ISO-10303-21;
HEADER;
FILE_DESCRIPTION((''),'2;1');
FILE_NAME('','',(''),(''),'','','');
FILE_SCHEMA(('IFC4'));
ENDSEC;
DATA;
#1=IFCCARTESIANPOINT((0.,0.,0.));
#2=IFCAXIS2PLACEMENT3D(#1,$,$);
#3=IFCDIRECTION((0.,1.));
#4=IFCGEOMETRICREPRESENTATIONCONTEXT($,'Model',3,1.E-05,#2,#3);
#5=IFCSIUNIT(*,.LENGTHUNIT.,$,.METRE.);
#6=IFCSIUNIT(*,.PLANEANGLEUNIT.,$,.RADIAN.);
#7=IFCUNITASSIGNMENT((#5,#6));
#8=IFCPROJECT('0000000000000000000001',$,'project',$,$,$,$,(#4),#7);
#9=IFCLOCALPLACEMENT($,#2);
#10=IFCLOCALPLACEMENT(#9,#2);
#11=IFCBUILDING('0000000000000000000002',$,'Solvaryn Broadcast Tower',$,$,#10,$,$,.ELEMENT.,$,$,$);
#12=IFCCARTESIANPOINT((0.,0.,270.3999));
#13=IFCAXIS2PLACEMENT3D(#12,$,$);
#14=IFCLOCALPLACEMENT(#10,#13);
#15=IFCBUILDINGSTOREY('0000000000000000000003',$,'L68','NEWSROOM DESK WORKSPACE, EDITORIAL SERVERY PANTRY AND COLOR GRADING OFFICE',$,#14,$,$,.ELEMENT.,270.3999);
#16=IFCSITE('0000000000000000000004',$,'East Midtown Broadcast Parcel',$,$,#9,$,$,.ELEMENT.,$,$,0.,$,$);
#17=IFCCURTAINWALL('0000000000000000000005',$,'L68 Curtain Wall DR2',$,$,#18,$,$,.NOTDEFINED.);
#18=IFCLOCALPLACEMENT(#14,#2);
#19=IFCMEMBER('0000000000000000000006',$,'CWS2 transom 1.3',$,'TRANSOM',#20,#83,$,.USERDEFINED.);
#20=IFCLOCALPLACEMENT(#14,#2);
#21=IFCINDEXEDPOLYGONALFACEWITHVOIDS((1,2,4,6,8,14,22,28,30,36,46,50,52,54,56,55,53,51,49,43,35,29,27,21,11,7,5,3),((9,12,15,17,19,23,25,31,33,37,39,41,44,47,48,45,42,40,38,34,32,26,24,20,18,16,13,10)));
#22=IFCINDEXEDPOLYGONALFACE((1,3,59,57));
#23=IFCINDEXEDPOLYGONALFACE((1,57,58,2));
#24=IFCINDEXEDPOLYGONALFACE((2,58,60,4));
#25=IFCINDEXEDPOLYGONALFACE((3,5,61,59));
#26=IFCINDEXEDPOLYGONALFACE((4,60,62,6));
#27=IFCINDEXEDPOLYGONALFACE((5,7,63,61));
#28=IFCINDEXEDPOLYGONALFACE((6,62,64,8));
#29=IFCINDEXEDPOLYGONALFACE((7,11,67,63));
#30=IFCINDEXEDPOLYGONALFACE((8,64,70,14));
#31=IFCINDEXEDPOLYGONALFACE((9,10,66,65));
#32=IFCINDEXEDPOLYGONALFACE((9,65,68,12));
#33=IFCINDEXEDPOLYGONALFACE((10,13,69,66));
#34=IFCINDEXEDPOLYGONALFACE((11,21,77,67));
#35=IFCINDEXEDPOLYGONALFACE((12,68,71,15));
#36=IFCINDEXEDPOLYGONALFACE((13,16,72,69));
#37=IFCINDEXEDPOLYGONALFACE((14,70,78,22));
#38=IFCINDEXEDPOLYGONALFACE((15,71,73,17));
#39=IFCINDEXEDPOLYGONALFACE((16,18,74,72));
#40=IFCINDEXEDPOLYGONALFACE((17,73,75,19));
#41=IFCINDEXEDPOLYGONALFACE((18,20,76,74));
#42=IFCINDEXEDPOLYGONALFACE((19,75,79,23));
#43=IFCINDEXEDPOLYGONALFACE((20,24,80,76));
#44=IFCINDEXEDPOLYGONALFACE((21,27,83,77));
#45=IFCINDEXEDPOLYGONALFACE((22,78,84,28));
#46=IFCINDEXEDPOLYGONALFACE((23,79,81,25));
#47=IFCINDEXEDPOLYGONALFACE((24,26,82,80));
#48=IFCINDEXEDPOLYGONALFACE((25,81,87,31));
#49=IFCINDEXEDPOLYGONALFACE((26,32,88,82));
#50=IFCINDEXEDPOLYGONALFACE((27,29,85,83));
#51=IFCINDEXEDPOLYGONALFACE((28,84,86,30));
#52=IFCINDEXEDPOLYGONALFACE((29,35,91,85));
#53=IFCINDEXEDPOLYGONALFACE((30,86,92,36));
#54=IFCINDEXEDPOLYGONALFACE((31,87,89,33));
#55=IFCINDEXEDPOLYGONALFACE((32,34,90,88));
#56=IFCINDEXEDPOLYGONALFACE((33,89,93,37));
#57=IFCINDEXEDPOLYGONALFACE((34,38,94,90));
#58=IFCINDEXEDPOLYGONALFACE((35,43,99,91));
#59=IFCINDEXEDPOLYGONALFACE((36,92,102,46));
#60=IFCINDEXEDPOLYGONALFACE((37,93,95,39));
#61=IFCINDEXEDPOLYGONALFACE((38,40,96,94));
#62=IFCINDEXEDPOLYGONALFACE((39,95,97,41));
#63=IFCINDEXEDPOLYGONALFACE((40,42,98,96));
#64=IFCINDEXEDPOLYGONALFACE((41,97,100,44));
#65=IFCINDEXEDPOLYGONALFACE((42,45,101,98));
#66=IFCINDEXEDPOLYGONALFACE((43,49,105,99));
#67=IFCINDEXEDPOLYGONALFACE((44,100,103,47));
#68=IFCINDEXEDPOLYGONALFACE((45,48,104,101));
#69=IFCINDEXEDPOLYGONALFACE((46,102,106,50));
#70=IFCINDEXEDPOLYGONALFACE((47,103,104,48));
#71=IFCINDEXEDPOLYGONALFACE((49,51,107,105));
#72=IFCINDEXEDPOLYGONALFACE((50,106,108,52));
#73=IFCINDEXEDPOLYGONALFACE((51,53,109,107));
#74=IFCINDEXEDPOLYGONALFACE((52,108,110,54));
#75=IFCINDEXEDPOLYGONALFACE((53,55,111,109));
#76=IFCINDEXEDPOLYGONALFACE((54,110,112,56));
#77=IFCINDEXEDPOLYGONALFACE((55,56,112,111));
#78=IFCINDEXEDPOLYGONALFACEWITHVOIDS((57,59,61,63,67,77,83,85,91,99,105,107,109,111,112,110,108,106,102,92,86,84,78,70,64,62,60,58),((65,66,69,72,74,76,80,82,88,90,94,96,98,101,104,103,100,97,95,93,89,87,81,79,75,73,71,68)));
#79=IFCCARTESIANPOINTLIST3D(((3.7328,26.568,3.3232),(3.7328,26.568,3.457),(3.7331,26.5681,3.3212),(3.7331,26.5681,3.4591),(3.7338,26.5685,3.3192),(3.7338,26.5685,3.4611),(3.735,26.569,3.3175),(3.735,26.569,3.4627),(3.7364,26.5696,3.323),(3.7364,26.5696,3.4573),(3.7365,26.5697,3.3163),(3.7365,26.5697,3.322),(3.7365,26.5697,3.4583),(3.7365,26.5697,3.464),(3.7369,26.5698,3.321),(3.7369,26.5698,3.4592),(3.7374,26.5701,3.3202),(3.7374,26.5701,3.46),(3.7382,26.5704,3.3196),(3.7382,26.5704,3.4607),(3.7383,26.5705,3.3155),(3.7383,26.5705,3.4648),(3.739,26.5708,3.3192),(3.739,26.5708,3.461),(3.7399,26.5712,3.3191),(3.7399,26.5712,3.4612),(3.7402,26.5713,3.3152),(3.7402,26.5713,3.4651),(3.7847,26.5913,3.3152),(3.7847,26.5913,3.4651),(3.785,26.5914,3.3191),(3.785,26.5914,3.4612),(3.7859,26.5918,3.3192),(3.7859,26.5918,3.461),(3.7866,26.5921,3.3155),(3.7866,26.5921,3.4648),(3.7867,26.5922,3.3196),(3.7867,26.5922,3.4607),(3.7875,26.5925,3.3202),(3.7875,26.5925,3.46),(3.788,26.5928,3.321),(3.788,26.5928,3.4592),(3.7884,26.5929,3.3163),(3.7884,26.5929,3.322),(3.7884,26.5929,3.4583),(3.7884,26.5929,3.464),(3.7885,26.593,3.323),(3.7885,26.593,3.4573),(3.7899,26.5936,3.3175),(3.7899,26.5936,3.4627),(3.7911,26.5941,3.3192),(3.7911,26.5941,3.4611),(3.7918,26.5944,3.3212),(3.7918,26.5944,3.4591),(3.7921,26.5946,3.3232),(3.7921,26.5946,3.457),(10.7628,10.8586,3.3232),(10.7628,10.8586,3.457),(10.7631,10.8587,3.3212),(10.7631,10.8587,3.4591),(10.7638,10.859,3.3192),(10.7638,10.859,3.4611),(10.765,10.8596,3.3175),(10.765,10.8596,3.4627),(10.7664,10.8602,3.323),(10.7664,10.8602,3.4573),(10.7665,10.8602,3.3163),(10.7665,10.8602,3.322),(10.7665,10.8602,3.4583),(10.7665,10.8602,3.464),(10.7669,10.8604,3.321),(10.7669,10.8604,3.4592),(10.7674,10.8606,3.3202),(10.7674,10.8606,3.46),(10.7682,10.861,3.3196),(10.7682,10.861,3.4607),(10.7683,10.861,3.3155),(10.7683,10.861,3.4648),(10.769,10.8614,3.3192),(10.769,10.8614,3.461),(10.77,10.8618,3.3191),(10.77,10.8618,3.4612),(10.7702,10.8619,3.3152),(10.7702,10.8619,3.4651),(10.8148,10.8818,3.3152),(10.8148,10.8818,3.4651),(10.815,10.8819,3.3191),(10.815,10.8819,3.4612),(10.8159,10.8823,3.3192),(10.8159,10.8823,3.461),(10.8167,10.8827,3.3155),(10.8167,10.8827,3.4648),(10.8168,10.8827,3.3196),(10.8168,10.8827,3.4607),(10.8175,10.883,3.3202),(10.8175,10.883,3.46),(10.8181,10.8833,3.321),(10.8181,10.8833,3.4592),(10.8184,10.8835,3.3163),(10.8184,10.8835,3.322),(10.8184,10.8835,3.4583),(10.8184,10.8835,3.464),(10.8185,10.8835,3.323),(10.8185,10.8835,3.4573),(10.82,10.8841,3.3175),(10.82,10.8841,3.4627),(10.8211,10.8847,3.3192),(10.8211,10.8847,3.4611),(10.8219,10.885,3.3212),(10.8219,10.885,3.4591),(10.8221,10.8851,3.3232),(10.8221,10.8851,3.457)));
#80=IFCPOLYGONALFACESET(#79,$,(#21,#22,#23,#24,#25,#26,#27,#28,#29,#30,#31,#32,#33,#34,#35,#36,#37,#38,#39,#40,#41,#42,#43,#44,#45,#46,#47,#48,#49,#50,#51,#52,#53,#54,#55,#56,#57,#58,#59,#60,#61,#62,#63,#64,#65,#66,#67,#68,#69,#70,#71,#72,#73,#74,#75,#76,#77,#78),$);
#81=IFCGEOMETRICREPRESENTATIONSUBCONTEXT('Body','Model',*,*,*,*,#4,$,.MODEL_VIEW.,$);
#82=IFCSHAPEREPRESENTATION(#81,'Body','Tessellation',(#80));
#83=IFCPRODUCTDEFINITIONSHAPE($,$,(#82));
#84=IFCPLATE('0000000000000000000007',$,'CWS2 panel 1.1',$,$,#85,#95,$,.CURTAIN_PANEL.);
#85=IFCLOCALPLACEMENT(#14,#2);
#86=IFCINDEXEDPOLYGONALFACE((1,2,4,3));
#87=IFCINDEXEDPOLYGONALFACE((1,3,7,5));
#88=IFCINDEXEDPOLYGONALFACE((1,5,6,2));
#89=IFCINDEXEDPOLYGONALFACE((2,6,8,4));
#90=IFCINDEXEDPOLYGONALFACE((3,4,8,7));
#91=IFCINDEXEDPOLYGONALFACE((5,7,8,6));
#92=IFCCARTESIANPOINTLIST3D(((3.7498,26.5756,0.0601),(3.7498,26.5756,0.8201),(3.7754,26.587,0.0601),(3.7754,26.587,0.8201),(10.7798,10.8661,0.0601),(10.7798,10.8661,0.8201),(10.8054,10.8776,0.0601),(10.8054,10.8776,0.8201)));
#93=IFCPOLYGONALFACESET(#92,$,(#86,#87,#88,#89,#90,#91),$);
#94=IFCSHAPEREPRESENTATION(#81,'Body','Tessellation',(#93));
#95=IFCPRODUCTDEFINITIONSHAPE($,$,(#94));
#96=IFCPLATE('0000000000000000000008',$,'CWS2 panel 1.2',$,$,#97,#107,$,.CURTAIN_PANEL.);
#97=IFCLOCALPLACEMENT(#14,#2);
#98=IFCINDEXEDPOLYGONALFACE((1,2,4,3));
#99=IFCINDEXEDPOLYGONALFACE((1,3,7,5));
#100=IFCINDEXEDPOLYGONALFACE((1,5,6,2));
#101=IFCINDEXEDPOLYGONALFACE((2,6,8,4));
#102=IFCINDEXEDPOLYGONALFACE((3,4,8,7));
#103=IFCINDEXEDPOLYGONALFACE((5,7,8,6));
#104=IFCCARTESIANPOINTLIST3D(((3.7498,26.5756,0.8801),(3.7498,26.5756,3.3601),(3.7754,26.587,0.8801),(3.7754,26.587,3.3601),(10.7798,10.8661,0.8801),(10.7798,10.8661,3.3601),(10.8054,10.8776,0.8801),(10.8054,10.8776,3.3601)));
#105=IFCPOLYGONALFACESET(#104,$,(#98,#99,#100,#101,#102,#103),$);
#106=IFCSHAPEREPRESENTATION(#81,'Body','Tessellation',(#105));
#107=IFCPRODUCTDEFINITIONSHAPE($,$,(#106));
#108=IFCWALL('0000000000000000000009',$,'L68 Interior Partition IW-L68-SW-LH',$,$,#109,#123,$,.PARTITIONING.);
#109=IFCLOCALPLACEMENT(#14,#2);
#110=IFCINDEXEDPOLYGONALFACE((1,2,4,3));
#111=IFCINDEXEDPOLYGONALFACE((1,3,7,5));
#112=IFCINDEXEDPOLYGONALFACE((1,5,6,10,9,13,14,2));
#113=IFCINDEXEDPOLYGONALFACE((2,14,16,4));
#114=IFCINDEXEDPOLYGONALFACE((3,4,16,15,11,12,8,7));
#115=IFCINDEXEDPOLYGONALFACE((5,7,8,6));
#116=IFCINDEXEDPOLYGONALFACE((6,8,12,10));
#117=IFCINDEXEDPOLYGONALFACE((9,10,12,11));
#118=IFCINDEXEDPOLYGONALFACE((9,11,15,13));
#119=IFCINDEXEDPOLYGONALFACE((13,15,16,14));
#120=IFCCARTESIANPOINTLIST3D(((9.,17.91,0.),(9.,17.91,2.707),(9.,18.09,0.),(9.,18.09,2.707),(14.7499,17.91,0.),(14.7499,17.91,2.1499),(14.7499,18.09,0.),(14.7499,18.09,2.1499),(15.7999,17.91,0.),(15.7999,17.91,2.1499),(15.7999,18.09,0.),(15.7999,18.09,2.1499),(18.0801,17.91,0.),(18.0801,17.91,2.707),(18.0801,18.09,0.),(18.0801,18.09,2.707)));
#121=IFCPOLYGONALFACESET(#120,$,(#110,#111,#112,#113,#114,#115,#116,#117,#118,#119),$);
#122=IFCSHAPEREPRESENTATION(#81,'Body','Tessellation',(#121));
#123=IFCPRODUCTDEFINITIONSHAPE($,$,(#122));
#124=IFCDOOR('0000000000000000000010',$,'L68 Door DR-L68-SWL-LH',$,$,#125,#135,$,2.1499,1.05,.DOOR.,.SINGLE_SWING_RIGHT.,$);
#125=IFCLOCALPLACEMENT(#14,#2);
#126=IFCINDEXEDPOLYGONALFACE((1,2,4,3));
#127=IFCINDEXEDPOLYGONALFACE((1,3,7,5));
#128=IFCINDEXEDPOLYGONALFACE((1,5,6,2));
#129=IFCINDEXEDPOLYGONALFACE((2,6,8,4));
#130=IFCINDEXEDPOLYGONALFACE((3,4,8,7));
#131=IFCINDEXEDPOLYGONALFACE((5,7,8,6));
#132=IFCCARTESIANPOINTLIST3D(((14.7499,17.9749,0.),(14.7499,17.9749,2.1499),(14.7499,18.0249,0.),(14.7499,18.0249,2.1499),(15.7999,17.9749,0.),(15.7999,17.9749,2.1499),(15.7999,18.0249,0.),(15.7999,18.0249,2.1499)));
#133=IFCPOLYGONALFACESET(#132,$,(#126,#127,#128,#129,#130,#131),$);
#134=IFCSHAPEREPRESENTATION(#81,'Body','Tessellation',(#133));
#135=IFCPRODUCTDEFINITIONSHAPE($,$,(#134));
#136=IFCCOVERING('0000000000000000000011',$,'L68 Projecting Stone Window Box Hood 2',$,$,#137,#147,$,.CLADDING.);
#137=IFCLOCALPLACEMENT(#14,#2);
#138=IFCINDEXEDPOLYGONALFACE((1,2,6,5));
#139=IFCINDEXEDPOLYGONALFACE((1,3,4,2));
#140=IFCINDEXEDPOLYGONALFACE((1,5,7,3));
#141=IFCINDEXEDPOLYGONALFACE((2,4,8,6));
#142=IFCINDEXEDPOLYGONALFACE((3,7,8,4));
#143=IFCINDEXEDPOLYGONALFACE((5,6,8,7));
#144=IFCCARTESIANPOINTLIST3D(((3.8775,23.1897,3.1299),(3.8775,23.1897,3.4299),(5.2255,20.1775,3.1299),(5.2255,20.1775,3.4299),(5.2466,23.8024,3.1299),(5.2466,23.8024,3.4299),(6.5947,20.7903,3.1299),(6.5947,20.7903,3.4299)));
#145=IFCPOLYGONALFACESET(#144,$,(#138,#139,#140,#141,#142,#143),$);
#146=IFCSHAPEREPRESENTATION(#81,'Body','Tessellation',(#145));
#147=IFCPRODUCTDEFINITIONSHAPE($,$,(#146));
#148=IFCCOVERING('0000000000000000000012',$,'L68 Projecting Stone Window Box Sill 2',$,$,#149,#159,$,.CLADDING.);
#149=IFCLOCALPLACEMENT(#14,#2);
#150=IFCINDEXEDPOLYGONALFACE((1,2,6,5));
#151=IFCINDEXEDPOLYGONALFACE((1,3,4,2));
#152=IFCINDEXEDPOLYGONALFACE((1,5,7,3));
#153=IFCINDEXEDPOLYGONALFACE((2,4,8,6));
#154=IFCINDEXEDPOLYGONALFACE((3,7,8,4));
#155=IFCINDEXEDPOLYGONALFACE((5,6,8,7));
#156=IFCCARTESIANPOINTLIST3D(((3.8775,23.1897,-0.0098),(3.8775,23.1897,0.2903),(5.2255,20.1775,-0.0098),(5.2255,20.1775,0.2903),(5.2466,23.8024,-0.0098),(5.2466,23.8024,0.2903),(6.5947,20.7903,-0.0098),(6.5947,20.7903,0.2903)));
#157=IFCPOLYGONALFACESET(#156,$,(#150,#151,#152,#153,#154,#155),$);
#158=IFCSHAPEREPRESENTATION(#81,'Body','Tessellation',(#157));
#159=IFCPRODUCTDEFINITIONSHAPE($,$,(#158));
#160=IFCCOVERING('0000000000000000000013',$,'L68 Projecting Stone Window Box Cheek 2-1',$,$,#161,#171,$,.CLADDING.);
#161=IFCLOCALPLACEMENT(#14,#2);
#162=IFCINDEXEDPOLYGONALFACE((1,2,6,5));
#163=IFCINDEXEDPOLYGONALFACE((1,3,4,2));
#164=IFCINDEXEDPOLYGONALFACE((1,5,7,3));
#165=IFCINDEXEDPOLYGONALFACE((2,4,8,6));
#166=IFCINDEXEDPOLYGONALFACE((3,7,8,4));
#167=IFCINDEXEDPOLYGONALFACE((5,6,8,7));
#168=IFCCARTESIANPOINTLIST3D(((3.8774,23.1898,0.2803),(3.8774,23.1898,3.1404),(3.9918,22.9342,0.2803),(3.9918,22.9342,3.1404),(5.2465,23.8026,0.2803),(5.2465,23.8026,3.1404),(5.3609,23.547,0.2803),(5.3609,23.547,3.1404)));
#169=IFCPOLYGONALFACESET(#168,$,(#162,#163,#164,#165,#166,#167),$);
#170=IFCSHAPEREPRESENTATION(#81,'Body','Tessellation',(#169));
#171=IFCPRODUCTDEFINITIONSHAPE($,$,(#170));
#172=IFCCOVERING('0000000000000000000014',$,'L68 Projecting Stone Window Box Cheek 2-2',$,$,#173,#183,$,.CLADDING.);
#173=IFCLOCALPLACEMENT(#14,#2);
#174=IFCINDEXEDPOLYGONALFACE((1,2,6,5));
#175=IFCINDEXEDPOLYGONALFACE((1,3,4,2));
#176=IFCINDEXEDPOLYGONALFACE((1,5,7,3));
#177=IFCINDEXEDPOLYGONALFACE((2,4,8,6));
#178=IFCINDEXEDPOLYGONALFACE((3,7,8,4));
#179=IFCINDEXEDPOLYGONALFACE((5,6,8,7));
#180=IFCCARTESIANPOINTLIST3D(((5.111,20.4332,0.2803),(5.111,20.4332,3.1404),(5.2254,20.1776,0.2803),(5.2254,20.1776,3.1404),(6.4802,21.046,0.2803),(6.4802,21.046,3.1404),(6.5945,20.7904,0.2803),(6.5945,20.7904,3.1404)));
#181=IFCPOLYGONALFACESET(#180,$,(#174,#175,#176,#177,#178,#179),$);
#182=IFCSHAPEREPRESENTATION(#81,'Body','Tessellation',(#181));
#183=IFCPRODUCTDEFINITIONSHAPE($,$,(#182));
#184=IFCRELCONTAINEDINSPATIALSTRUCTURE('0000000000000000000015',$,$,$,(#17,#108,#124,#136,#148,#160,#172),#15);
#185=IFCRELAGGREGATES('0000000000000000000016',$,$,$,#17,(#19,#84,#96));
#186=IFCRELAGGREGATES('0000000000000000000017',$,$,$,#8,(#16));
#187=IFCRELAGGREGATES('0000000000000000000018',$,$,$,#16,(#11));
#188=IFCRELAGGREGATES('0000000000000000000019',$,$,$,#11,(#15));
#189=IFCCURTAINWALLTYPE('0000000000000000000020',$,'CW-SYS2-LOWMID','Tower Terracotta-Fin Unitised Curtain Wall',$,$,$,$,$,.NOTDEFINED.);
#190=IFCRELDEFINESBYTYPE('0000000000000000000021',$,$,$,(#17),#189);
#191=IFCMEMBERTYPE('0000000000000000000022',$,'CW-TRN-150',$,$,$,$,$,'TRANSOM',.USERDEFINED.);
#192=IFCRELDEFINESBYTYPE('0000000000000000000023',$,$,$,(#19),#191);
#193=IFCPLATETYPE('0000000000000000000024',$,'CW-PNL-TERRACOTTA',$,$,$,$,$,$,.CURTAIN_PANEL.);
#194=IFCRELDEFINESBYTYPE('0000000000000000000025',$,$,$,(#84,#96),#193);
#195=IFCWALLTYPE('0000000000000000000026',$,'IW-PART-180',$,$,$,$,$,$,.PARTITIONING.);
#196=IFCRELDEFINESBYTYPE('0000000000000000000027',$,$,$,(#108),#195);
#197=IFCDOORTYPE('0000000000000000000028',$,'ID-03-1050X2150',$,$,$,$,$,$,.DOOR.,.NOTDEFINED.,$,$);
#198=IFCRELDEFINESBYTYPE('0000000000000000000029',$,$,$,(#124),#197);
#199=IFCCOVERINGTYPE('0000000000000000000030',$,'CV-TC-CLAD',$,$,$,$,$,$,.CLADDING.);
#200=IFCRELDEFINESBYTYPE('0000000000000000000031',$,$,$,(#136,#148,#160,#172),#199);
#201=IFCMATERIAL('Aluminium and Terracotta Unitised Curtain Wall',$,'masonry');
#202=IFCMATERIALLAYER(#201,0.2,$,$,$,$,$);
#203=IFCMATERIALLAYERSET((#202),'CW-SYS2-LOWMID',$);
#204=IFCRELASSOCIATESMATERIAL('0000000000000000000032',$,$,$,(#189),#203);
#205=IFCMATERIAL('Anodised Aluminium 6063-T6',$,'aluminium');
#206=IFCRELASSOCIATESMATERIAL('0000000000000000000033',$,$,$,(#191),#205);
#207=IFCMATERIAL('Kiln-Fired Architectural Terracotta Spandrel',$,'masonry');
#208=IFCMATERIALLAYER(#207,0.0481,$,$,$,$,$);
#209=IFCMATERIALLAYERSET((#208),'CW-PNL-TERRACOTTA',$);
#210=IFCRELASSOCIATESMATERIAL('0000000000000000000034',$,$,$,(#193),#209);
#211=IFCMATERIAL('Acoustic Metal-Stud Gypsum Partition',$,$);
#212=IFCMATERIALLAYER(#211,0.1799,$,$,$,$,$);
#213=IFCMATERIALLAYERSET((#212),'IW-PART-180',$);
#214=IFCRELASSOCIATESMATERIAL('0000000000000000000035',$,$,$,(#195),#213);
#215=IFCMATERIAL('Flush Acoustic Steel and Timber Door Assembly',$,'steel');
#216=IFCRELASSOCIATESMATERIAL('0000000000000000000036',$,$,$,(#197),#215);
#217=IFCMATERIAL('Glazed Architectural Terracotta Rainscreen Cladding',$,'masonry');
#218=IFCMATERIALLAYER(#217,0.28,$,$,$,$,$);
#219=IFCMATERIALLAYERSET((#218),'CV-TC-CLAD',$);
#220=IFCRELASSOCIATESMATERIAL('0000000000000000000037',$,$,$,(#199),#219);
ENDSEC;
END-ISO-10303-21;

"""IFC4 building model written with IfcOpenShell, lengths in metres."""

from ifc_helpers import new_model, si_unit, direction, frame, frame_2d, origin, origin_2d, place, context, subcontext, project, spatial, rectangle, hollow_rectangle, extrude, material, layer, layer_set, material_profile, profile_set, type_object, element, fill, aggregate, save


model = new_model("IFC4")

# Units and contexts
model_context = context("Model", 3, precision=1e-05, world=origin(), true_north=direction((0.0, 1.0)))
body_context = subcontext(model_context, "Body", "Model", "MODEL_VIEW")
ifc_project = project(units=[si_unit("LENGTHUNIT", "METRE"), si_unit("PLANEANGLEUNIT", "RADIAN")], contexts=[model_context])

# Site, building, storey
site_placement = place(None, origin())
site = spatial("IfcSite", under=ifc_project, at=site_placement, Name="East Midtown Broadcast Parcel", CompositionType="ELEMENT", RefElevation=0.0)
building_placement = place(site_placement, origin())
building = spatial("IfcBuilding", under=site, at=building_placement, Name="Solvaryn Broadcast Tower", CompositionType="ELEMENT")
storey_placement = place(building_placement, frame((0.0, 0.0, 270.3999)))
storey = spatial("IfcBuildingStorey", under=building, at=storey_placement, Name="L68", Description="NEWSROOM DESK WORKSPACE, EDITORIAL SERVERY PANTRY AND COLOR GRADING OFFICE", CompositionType="ELEMENT", Elevation=270.3999)

# Shared definitions
ifc_material_1 = material(Name="Aluminium and Terracotta Unitised Curtain Wall", Category="masonry")
ifc_layer_1 = layer(ifc_material_1, 0.2)
ifc_layer_set_1 = layer_set([ifc_layer_1], Name="CW-SYS2-LOWMID")
curtain_wall_type = type_object("IfcCurtainWallType", Name="CW-SYS2-LOWMID", Description="Tower Terracotta-Fin Unitised Curtain Wall", PredefinedType="NOTDEFINED", material=ifc_layer_set_1)

# Curtain wall, member, plates
curtain_wall_1_placement = place(storey_placement, origin())
curtain_wall_1 = element("IfcCurtainWall", 1, at=curtain_wall_1_placement, inside=storey, type_object=curtain_wall_type, Name="L68 Curtain Wall DR2", PredefinedType="NOTDEFINED")
ifc_material_2 = material(Name="Anodised Aluminium 6063-T6", Category="aluminium")
ifc_material_profile_1 = material_profile(ifc_material_2, hollow_rectangle(XDim=0.0649, YDim=0.1499, WallThickness=0.0039, InnerFilletRadius=0.0039, OuterFilletRadius=0.0081, at=origin_2d()))
ifc_profile_set_1 = profile_set([ifc_material_profile_1], Name="Anodised Aluminium 6063-T6")
member_type_1 = type_object("IfcMemberType", Name="CW-TRN-150", ElementType="TRANSOM", PredefinedType="USERDEFINED", material=ifc_profile_set_1)
member_1_placement = place(storey_placement, frame((3.7625, 26.5813, 3.3901), z_axis=(0.408468, -0.912773, 0.0), x_axis=(0.912773, 0.408468, 0.0)))
member_1 = element("IfcMember", 2, at=member_1_placement, type_object=member_type_1, Name="CWS2 transom 1.3", ObjectType="TRANSOM", PredefinedType="USERDEFINED", context=body_context, shape_type="SweptSolid", body=[
    extrude(hollow_rectangle(XDim=0.0649, YDim=0.1499, WallThickness=0.0039, InnerFilletRadius=0.0039, OuterFilletRadius=0.0081, at=origin_2d()), origin(), (0.0, 0.0, 1.0), 17.2107),
])
ifc_material_3 = material(Name="Kiln-Fired Architectural Terracotta Spandrel", Category="masonry")
ifc_layer_2 = layer(ifc_material_3, 0.0481)
ifc_layer_set_2 = layer_set([ifc_layer_2], Name="CW-PNL-TERRACOTTA")
plate_type = type_object("IfcPlateType", Name="CW-PNL-TERRACOTTA", PredefinedType="CURTAIN_PANEL", material=ifc_layer_set_2)
plate_1_placement = place(storey_placement, frame((7.2776, 18.7266, 0.0601), z_axis=(0.0, 0.0, 1.0), x_axis=(0.408466, -0.912774, 0.0)))
plate_1 = element("IfcPlate", 3, at=plate_1_placement, type_object=plate_type, Name="CWS2 panel 1.1", PredefinedType="CURTAIN_PANEL", context=body_context, shape_type="SweptSolid", body=[
    extrude(rectangle(XDim=17.2107, YDim=0.0281, at=origin_2d()), origin(), (0.0, 0.0, 1.0), 0.76),
])
plate_2_placement = place(storey_placement, frame((7.2776, 18.7266, 0.8801), z_axis=(0.0, 0.0, 1.0), x_axis=(0.408466, -0.912774, 0.0)))
plate_2 = element("IfcPlate", 4, at=plate_2_placement, type_object=plate_type, Name="CWS2 panel 1.2", PredefinedType="CURTAIN_PANEL", context=body_context, shape_type="SweptSolid", body=[
    extrude(rectangle(XDim=17.2107, YDim=0.0281, at=origin_2d()), origin(), (0.0, 0.0, 1.0), 2.48),
])
aggregate(curtain_wall_1, [member_1, plate_1, plate_2])

# Wall, opening, door
ifc_material_4 = material(Name="Acoustic Metal-Stud Gypsum Partition")
ifc_layer_3 = layer(ifc_material_4, 0.1799)
ifc_layer_set_3 = layer_set([ifc_layer_3], Name="IW-PART-180")
wall_type = type_object("IfcWallType", Name="IW-PART-180", PredefinedType="PARTITIONING", material=ifc_layer_set_3)
wall_placement = place(storey_placement, frame((9.0, 18.0, 0.0), z_axis=(0.0, 0.0, 1.0), x_axis=(1.0, 0.0, 0.0)))
wall = element("IfcWall", 5, at=wall_placement, inside=storey, type_object=wall_type, Name="L68 Interior Partition IW-L68-SW-LH", PredefinedType="PARTITIONING", context=body_context, shape_type="SweptSolid", body=[
    extrude(rectangle(XDim=9.0801, YDim=0.1799, at=frame_2d((4.54, 0.0))), origin(), (0.0, 0.0, 1.0), 2.707),
])
opening_placement = place(wall_placement, frame((5.75, 0.0, 0.0)))
opening = element("IfcOpeningElement", 6, at=opening_placement, cuts=wall, PredefinedType="OPENING", context=body_context, shape_type="SweptSolid", body=[
    extrude(rectangle(XDim=1.05, YDim=2.1499, at=frame_2d((0.5249, 1.075))), frame((0.0, 0.0999, 0.0), z_axis=(0.0, -1.0, 0.0), x_axis=(1.0, 0.0, 0.0)), (0.0, 0.0, 1.0), 0.2),
])
ifc_material_5 = material(Name="Flush Acoustic Steel and Timber Door Assembly", Category="steel")
door_type = type_object("IfcDoorType", Name="ID-03-1050X2150", OperationType="NOTDEFINED", PredefinedType="DOOR", material=ifc_material_5)
door_placement = place(opening_placement, origin())
door = element("IfcDoor", 7, at=door_placement, inside=storey, type_object=door_type, Name="L68 Door DR-L68-SWL-LH", OperationType="SINGLE_SWING_RIGHT", OverallHeight=2.1499, OverallWidth=1.05, PredefinedType="DOOR", context=body_context, shape_type="SweptSolid", body=[
    extrude(rectangle(XDim=1.05, YDim=2.1499, at=frame_2d((0.5249, 1.075))), frame((0.0, 0.0249, 0.0), z_axis=(0.0, -1.0, 0.0), x_axis=(1.0, 0.0, 0.0)), (0.0, 0.0, 1.0), 0.05),
])
fill(opening, door)

# Coverings
ifc_material_6 = material(Name="Glazed Architectural Terracotta Rainscreen Cladding", Category="masonry")
ifc_layer_4 = layer(ifc_material_6, 0.28)
ifc_layer_set_4 = layer_set([ifc_layer_4], Name="CV-TC-CLAD")
covering_type_1 = type_object("IfcCoveringType", Name="CV-TC-CLAD", PredefinedType="CLADDING", material=ifc_layer_set_4)
for number, where, z_axis, x_axis, name in (
    (8, (5.2361, 21.99, 3.1299), (0.0, 0.0, 1.0), (0.40849, -0.912763, 0.0), "L68 Projecting Stone Window Box Hood 2"),
    (9, (5.2361, 21.99, -0.0098), (0.0, 0.0, 1.0), (0.40849, -0.912763, 0.0), "L68 Projecting Stone Window Box Sill 2"),
):
    element("IfcCovering", number, at=place(storey_placement, frame(where, z_axis=z_axis, x_axis=x_axis)), inside=storey, type_object=covering_type_1, Name=name, PredefinedType="CLADDING", context=body_context, shape_type="SweptSolid", body=[
        extrude(rectangle(XDim=3.3, YDim=1.5, at=origin_2d()), origin(), (0.0, 0.0, 1.0), 0.3),
    ])
for number, where, z_axis, x_axis, name in (
    (10, (4.6191, 23.3684, 0.2803), (0.0, 0.0, 1.0), (0.40849, -0.912763, 0.0), "L68 Projecting Stone Window Box Cheek 2-1"),
    (11, (5.8528, 20.6118, 0.2803), (0.0, 0.0, 1.0), (0.40849, -0.912763, 0.0), "L68 Projecting Stone Window Box Cheek 2-2"),
):
    element("IfcCovering", number, at=place(storey_placement, frame(where, z_axis=z_axis, x_axis=x_axis)), inside=storey, type_object=covering_type_1, Name=name, PredefinedType="CLADDING", context=body_context, shape_type="SweptSolid", body=[
        extrude(rectangle(XDim=0.28, YDim=1.5, at=origin_2d()), origin(), (0.0, 0.0, 1.0), 2.8601),
    ])

save(model, "model.ifc")
